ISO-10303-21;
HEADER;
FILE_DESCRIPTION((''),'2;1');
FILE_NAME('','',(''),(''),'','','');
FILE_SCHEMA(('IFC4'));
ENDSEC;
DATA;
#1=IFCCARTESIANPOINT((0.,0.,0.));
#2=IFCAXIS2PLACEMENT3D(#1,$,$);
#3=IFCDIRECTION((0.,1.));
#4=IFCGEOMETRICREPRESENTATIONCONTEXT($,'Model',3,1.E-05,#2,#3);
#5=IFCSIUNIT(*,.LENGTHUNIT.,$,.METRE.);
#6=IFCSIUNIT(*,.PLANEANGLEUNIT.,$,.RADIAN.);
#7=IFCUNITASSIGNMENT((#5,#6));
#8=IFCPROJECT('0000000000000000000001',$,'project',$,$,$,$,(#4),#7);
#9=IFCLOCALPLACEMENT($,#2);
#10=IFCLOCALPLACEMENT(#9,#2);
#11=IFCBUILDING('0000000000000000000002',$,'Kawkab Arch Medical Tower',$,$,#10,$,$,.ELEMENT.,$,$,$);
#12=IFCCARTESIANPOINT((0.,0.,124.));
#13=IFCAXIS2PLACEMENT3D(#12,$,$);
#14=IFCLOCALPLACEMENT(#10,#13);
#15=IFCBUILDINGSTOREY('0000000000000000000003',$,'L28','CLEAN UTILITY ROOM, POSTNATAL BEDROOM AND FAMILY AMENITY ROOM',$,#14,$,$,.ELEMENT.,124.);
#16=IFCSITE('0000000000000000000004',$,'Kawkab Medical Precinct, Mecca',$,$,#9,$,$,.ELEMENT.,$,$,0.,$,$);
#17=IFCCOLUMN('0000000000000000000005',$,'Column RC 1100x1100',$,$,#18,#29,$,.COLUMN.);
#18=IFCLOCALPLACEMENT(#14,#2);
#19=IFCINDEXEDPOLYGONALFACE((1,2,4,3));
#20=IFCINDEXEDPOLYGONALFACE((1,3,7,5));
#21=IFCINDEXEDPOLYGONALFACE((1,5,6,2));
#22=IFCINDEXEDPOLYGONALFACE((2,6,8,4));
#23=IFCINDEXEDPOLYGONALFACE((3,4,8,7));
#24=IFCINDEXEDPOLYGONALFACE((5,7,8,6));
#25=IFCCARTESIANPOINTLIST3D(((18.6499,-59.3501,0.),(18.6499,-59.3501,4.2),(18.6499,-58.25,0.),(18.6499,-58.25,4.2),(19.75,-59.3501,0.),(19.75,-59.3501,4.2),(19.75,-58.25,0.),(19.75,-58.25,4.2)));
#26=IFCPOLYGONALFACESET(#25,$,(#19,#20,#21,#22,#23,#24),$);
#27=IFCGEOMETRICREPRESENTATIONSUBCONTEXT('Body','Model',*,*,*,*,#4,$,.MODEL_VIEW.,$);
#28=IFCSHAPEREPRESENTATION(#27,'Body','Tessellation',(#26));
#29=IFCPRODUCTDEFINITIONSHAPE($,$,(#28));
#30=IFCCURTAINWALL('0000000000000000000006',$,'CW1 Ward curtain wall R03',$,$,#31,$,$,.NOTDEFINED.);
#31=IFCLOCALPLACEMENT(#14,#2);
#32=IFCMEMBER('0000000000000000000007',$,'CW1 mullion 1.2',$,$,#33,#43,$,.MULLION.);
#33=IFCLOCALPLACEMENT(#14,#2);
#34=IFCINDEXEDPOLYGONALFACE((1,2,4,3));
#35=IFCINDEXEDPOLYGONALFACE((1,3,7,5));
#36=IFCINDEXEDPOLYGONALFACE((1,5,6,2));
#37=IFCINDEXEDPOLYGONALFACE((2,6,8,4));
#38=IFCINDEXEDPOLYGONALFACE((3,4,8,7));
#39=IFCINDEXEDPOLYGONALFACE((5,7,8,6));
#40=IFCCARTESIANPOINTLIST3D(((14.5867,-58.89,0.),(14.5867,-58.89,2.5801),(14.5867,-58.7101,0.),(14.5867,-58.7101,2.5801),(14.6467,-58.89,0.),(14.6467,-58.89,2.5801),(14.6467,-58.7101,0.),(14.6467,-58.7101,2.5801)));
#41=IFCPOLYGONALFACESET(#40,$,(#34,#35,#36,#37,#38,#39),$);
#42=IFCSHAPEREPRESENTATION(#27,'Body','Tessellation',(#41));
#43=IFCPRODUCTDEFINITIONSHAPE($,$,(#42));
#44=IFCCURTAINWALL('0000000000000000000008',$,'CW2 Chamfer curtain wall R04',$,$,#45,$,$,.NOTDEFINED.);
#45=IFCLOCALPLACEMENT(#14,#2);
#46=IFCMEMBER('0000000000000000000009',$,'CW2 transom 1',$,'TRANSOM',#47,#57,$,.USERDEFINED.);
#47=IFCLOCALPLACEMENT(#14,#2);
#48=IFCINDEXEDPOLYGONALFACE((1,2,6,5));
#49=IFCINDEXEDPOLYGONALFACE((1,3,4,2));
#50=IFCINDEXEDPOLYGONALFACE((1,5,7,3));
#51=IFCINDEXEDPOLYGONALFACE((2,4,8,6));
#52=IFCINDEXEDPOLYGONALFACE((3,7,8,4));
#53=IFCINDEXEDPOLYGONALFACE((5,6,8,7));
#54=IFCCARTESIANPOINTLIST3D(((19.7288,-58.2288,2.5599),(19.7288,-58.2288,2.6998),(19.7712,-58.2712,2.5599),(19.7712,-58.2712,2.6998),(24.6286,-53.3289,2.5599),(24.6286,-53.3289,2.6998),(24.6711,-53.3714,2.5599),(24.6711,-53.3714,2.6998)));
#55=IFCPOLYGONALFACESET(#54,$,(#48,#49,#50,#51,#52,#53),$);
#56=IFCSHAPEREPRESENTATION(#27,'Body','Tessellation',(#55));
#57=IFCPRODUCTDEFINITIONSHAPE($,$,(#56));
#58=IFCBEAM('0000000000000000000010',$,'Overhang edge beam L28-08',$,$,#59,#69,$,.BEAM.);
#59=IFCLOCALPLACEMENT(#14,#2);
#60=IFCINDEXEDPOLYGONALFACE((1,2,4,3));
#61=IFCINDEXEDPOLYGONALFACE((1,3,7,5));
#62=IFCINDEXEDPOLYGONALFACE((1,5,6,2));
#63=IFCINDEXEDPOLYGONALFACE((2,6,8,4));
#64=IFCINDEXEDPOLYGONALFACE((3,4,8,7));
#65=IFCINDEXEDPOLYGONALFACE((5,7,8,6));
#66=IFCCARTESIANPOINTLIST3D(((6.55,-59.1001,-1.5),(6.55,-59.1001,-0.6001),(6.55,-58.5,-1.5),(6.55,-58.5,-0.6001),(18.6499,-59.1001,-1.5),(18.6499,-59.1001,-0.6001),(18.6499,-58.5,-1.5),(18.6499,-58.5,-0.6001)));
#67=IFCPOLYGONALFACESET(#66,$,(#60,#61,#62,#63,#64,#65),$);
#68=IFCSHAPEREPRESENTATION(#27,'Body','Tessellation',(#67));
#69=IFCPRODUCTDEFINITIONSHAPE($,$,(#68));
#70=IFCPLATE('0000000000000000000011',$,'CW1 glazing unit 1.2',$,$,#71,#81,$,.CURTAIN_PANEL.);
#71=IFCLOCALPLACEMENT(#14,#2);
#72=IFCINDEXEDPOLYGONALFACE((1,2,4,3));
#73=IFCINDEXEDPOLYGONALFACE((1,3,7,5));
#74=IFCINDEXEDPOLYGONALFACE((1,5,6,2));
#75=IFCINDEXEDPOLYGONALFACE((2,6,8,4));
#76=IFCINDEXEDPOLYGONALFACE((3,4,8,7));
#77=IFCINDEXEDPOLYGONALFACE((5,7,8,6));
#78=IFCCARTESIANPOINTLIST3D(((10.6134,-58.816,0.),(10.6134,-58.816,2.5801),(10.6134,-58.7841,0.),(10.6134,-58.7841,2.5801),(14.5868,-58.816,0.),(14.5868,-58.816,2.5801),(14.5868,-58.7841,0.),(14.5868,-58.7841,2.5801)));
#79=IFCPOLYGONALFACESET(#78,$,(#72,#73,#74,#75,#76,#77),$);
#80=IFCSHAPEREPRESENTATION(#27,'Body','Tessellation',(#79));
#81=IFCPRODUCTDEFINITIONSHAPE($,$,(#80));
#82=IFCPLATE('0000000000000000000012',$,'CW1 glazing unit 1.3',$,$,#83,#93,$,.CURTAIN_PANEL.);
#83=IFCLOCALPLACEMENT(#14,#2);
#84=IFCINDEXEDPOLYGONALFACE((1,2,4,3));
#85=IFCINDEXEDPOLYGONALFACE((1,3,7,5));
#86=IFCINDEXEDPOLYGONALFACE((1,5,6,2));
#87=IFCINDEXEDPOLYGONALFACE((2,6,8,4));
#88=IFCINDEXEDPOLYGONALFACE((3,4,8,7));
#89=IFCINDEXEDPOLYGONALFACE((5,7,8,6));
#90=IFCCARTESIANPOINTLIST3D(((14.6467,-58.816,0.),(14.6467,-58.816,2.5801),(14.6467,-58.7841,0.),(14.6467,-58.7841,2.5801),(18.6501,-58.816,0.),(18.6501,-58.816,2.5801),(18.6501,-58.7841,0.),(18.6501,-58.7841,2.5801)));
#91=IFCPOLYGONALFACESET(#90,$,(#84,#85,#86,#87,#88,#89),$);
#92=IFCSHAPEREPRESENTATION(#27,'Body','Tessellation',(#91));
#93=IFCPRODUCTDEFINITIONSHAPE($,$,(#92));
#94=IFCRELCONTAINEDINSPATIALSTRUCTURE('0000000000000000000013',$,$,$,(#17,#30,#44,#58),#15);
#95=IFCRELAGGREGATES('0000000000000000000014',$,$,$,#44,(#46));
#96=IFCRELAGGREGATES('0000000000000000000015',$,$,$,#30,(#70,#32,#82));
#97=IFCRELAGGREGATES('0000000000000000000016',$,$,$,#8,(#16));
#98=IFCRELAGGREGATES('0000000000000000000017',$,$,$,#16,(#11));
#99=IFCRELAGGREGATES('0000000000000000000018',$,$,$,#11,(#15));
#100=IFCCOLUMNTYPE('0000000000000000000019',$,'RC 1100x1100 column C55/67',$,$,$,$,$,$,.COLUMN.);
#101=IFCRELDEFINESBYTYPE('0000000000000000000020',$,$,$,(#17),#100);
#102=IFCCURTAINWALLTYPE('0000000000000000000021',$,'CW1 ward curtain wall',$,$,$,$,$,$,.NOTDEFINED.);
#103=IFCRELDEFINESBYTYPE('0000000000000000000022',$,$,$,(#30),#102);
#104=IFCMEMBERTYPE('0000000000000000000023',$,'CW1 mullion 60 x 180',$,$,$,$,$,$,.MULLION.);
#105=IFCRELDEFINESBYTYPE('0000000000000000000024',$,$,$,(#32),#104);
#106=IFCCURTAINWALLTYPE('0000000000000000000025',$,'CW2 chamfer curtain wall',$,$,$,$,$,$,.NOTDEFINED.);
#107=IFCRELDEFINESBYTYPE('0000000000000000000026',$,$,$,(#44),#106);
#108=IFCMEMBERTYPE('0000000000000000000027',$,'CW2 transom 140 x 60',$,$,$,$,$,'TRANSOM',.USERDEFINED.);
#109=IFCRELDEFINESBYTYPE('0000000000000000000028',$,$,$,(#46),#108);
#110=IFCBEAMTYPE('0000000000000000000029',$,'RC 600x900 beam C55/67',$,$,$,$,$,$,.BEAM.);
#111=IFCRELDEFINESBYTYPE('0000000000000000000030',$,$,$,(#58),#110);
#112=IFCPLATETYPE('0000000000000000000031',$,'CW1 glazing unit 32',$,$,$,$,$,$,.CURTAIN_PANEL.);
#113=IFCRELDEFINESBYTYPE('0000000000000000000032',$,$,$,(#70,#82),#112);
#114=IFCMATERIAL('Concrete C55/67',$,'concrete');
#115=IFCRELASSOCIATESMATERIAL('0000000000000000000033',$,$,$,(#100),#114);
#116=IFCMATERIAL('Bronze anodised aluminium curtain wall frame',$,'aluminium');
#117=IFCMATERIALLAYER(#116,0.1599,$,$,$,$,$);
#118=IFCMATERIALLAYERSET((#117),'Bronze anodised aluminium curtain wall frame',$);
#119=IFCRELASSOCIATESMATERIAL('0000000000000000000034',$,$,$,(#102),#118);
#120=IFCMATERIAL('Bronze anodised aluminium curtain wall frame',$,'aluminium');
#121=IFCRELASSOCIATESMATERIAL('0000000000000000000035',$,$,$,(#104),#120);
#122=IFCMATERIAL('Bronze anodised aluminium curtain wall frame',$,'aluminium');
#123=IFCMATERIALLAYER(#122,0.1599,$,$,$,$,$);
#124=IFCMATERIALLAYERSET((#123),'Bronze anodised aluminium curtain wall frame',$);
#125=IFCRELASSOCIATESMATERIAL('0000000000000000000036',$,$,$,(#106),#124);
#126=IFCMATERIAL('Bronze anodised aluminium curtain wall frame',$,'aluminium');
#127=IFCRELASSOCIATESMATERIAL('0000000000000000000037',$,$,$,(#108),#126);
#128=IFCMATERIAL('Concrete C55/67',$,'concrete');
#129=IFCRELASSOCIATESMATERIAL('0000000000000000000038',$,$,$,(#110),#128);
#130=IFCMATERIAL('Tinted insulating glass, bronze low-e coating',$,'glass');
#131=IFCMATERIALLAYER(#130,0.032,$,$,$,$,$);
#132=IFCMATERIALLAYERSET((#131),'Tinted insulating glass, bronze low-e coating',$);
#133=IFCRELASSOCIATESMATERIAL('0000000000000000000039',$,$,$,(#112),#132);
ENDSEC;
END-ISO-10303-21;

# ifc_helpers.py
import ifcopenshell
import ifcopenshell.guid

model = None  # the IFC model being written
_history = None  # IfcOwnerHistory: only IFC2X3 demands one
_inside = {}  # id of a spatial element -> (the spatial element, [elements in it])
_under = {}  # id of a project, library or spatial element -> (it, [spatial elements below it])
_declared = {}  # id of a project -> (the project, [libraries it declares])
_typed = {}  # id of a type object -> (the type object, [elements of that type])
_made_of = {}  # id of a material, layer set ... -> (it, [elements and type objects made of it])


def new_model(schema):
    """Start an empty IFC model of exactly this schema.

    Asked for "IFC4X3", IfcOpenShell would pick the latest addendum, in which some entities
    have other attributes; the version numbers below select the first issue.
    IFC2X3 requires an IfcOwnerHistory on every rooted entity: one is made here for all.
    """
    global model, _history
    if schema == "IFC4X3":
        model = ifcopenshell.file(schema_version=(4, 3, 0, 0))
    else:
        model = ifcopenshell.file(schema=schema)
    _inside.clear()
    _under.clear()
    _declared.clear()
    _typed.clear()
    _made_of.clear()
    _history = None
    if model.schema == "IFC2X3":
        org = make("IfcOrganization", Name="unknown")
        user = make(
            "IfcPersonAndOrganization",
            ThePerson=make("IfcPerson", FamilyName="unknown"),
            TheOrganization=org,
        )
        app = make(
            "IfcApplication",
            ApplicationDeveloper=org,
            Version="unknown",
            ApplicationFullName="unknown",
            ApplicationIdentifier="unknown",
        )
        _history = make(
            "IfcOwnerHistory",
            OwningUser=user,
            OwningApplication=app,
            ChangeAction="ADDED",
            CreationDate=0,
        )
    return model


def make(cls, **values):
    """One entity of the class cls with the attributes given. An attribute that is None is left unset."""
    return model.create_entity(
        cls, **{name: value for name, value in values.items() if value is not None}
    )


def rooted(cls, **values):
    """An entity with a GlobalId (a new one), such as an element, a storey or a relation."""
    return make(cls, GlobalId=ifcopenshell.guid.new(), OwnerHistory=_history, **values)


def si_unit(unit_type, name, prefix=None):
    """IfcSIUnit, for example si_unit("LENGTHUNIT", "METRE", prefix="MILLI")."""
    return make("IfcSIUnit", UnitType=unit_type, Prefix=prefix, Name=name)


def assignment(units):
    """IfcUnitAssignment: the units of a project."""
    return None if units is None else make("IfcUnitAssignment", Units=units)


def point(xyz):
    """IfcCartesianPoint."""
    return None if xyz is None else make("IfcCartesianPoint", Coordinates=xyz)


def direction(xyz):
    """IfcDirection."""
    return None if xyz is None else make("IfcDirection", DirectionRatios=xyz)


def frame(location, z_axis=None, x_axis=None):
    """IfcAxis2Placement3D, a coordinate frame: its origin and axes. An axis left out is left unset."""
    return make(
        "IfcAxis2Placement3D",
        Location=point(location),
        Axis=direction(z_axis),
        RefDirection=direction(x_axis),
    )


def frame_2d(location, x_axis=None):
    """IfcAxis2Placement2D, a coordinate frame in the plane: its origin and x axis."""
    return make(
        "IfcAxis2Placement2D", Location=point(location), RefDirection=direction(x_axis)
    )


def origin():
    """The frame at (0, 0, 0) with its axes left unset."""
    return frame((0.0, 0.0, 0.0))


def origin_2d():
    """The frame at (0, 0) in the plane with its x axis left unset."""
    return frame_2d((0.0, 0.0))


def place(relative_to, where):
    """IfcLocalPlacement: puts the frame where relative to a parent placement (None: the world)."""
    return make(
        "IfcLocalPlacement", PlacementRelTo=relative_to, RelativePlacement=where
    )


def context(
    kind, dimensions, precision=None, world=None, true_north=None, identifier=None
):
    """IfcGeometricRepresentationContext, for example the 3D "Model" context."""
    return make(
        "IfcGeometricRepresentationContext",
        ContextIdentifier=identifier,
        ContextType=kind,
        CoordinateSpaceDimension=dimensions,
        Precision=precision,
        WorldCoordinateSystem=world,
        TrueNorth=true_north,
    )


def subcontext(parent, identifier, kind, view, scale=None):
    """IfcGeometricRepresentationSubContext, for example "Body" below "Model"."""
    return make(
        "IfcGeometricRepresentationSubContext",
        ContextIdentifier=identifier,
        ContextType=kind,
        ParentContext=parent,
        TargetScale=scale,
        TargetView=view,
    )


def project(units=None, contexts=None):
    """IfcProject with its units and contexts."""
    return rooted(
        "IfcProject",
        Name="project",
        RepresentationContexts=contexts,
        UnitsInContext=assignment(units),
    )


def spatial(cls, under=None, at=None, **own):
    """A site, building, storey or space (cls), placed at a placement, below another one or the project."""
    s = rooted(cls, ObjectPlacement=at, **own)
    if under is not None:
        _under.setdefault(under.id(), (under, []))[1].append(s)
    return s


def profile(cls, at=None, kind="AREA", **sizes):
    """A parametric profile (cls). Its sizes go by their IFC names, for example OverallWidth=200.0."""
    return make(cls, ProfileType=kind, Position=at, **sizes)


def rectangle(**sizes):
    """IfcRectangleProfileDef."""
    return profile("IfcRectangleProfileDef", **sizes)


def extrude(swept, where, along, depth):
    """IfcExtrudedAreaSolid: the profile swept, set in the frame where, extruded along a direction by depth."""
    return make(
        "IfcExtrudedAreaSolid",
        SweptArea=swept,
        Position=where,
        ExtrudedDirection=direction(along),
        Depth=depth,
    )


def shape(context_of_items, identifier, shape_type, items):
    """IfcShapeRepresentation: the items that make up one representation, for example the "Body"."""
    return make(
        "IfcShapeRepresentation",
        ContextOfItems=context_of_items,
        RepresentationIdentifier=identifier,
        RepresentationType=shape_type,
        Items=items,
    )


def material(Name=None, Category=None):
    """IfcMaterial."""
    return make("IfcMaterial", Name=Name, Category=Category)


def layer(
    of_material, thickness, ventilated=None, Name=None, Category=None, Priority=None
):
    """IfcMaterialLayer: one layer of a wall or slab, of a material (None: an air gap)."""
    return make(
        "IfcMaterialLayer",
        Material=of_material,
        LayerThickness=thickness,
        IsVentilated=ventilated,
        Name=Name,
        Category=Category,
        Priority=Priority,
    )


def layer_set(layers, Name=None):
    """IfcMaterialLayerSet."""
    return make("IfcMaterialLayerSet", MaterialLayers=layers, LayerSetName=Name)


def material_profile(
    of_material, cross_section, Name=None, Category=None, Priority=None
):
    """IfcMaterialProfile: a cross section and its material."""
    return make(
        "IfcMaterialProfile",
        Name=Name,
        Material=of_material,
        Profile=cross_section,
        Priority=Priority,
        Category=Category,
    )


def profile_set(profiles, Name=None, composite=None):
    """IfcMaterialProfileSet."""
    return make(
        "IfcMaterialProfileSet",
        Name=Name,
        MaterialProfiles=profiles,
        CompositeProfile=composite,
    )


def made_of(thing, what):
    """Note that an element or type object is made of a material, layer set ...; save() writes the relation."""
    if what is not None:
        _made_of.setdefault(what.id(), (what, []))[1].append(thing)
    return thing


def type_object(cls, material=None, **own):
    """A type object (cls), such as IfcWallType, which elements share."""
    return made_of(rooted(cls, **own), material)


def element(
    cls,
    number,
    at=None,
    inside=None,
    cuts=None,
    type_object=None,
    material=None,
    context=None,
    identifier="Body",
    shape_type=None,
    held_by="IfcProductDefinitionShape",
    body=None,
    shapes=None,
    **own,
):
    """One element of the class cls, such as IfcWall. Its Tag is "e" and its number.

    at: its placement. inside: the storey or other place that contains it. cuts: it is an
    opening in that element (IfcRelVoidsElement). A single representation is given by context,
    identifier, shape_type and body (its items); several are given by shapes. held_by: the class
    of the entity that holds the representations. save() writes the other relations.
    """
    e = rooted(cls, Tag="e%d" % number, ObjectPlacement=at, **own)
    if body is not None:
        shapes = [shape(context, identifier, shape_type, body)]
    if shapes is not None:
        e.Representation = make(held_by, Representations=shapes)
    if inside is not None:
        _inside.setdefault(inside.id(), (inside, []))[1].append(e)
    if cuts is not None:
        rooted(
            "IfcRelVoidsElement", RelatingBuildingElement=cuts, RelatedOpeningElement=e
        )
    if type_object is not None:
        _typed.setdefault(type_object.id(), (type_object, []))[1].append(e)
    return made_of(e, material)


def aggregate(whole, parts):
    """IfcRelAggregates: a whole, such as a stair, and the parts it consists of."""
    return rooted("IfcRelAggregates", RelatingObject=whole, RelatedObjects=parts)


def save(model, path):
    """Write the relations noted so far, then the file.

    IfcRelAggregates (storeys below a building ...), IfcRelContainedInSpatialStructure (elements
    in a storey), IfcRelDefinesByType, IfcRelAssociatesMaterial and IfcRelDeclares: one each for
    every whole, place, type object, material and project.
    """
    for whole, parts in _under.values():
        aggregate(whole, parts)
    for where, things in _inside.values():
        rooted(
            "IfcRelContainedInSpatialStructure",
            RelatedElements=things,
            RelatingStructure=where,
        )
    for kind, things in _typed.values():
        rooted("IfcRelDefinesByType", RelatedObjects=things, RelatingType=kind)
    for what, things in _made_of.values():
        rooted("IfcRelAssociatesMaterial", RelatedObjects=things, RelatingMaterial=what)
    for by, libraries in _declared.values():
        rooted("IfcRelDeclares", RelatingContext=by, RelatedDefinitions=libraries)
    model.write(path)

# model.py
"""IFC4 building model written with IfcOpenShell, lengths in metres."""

from ifc_helpers import new_model, si_unit, direction, frame, origin, origin_2d, place, context, subcontext, project, spatial, rectangle, extrude, material, layer, layer_set, material_profile, profile_set, type_object, element, aggregate, save


model = new_model("IFC4")

# Units and contexts
model_context = context("Model", 3, precision=1e-05, world=origin(), true_north=direction((0.0, 1.0)))
body_context = subcontext(model_context, "Body", "Model", "MODEL_VIEW")
ifc_project = project(units=[si_unit("LENGTHUNIT", "METRE"), si_unit("PLANEANGLEUNIT", "RADIAN")], contexts=[model_context])

# Site, building, storey
site_placement = place(None, origin())
site = spatial("IfcSite", under=ifc_project, at=site_placement, Name="Kawkab Medical Precinct, Mecca", CompositionType="ELEMENT", RefElevation=0.0)
building_placement = place(site_placement, origin())
building = spatial("IfcBuilding", under=site, at=building_placement, Name="Kawkab Arch Medical Tower", CompositionType="ELEMENT")
storey_placement = place(building_placement, frame((0.0, 0.0, 124.0)))
storey = spatial("IfcBuildingStorey", under=building, at=storey_placement, Name="L28", Description="CLEAN UTILITY ROOM, POSTNATAL BEDROOM AND FAMILY AMENITY ROOM", CompositionType="ELEMENT", Elevation=124.0)

# Column
ifc_material_1 = material(Name="Concrete C55/67", Category="concrete")
ifc_material_profile_1 = material_profile(ifc_material_1, rectangle(XDim=1.1001, YDim=1.1001, at=origin_2d()), Name="RC 1100x1100")
ifc_profile_set_1 = profile_set([ifc_material_profile_1], Name="Concrete C55/67")
column_type = type_object("IfcColumnType", Name="RC 1100x1100 column C55/67", PredefinedType="COLUMN", material=ifc_profile_set_1)
column_placement = place(storey_placement, frame((19.2, -58.8, 0.0), z_axis=(0.0, 0.0, 1.0), x_axis=(1.0, 0.0, 0.0)))
element("IfcColumn", 1, at=column_placement, inside=storey, type_object=column_type, Name="Column RC 1100x1100", PredefinedType="COLUMN", context=body_context, shape_type="SweptSolid", body=[
    extrude(rectangle(XDim=1.1001, YDim=1.1001, at=origin_2d()), origin(), (0.0, 0.0, 1.0), 4.2),
])

# Curtain walls, members
ifc_material_2 = material(Name="Bronze anodised aluminium curtain wall frame", Category="aluminium")
ifc_layer_1 = layer(ifc_material_2, 0.1599)
ifc_layer_set_1 = layer_set([ifc_layer_1], Name="Bronze anodised aluminium curtain wall frame")
curtain_wall_type_1 = type_object("IfcCurtainWallType", Name="CW1 ward curtain wall", PredefinedType="NOTDEFINED", material=ifc_layer_set_1)
placement = place(storey_placement, origin())
curtain_wall_1 = element("IfcCurtainWall", 2, at=placement, inside=storey, type_object=curtain_wall_type_1, Name="CW1 Ward curtain wall R03", PredefinedType="NOTDEFINED")
ifc_material_3 = material(Name="Bronze anodised aluminium curtain wall frame", Category="aluminium")
ifc_material_profile_2 = material_profile(ifc_material_3, rectangle(XDim=0.1799, YDim=0.0601, at=origin_2d()), Name="AL 60x180")
ifc_profile_set_2 = profile_set([ifc_material_profile_2], Name="Bronze anodised aluminium curtain wall frame")
member_type_1 = type_object("IfcMemberType", Name="CW1 mullion 60 x 180", PredefinedType="MULLION", material=ifc_profile_set_2)
member_1_placement = place(storey_placement, frame((14.6167, -58.8, 0.0), z_axis=(0.0, 0.0, 1.0), x_axis=(0.0, 1.0, 0.0)))
member_1 = element("IfcMember", 3, at=member_1_placement, type_object=member_type_1, Name="CW1 mullion 1.2", PredefinedType="MULLION", context=body_context, shape_type="SweptSolid", body=[
    extrude(rectangle(XDim=0.1799, YDim=0.0601, at=origin_2d()), origin(), (0.0, 0.0, 1.0), 2.5801),
])
ifc_material_4 = material(Name="Bronze anodised aluminium curtain wall frame", Category="aluminium")
ifc_layer_2 = layer(ifc_material_4, 0.1599)
ifc_layer_set_2 = layer_set([ifc_layer_2], Name="Bronze anodised aluminium curtain wall frame")
curtain_wall_type_2 = type_object("IfcCurtainWallType", Name="CW2 chamfer curtain wall", PredefinedType="NOTDEFINED", material=ifc_layer_set_2)
curtain_wall_2 = element("IfcCurtainWall", 4, at=placement, inside=storey, type_object=curtain_wall_type_2, Name="CW2 Chamfer curtain wall R04", PredefinedType="NOTDEFINED")
ifc_material_5 = material(Name="Bronze anodised aluminium curtain wall frame", Category="aluminium")
ifc_material_profile_3 = material_profile(ifc_material_5, rectangle(XDim=0.0601, YDim=0.1399, at=origin_2d()), Name="AL 60x140")
ifc_profile_set_3 = profile_set([ifc_material_profile_3], Name="Bronze anodised aluminium curtain wall frame")
member_type_2 = type_object("IfcMemberType", Name="CW2 transom 140 x 60", ElementType="TRANSOM", PredefinedType="USERDEFINED", material=ifc_profile_set_3)
member_2_placement = place(storey_placement, frame((19.75, -58.25, 2.6299), z_axis=(0.707107, 0.707107, 0.0), x_axis=(-0.707107, 0.707107, 0.0)))
member_2 = element("IfcMember", 5, at=member_2_placement, type_object=member_type_2, Name="CW2 transom 1", ObjectType="TRANSOM", PredefinedType="USERDEFINED", context=body_context, shape_type="SweptSolid", body=[
    extrude(rectangle(XDim=0.0601, YDim=0.1399, at=origin_2d()), origin(), (0.0, 0.0, 1.0), 6.9294),
])
aggregate(curtain_wall_2, [member_2])

# Beam
ifc_material_6 = material(Name="Concrete C55/67", Category="concrete")
ifc_material_profile_4 = material_profile(ifc_material_6, rectangle(XDim=0.6001, YDim=0.8999, at=origin_2d()), Name="RC 600x900")
ifc_profile_set_4 = profile_set([ifc_material_profile_4], Name="Concrete C55/67")
beam_type = type_object("IfcBeamType", Name="RC 600x900 beam C55/67", PredefinedType="BEAM", material=ifc_profile_set_4)
beam_placement = place(storey_placement, frame((18.6499, -58.8, -1.05), z_axis=(-1.0, 0.0, 0.0), x_axis=(0.0, -1.0, 0.0)))
element("IfcBeam", 6, at=beam_placement, inside=storey, type_object=beam_type, Name="Overhang edge beam L28-08", PredefinedType="BEAM", context=body_context, shape_type="SweptSolid", body=[
    extrude(rectangle(XDim=0.6001, YDim=0.8999, at=origin_2d()), origin(), (0.0, 0.0, 1.0), 12.0999),
])

# Plates
ifc_material_7 = material(Name="Tinted insulating glass, bronze low-e coating", Category="glass")
ifc_layer_3 = layer(ifc_material_7, 0.032)
ifc_layer_set_3 = layer_set([ifc_layer_3], Name="Tinted insulating glass, bronze low-e coating")
plate_type = type_object("IfcPlateType", Name="CW1 glazing unit 32", PredefinedType="CURTAIN_PANEL", material=ifc_layer_set_3)
plate_1_placement = place(storey_placement, frame((12.6001, -58.8, 0.0), z_axis=(0.0, 0.0, 1.0), x_axis=(1.0, 0.0, 0.0)))
plate_1 = element("IfcPlate", 7, at=plate_1_placement, type_object=plate_type, Name="CW1 glazing unit 1.2", PredefinedType="CURTAIN_PANEL", context=body_context, shape_type="SweptSolid", body=[
    extrude(rectangle(XDim=3.9734, YDim=0.032, at=origin_2d()), origin(), (0.0, 0.0, 1.0), 2.5801),
])
plate_2_placement = place(storey_placement, frame((16.6484, -58.8, 0.0), z_axis=(0.0, 0.0, 1.0), x_axis=(1.0, 0.0, 0.0)))
plate_2 = element("IfcPlate", 8, at=plate_2_placement, type_object=plate_type, Name="CW1 glazing unit 1.3", PredefinedType="CURTAIN_PANEL", context=body_context, shape_type="SweptSolid", body=[
    extrude(rectangle(XDim=4.0034, YDim=0.032, at=origin_2d()), origin(), (0.0, 0.0, 1.0), 2.5801),
])
aggregate(curtain_wall_1, [plate_1, member_1, plate_2])

save(model, "model.ifc")
